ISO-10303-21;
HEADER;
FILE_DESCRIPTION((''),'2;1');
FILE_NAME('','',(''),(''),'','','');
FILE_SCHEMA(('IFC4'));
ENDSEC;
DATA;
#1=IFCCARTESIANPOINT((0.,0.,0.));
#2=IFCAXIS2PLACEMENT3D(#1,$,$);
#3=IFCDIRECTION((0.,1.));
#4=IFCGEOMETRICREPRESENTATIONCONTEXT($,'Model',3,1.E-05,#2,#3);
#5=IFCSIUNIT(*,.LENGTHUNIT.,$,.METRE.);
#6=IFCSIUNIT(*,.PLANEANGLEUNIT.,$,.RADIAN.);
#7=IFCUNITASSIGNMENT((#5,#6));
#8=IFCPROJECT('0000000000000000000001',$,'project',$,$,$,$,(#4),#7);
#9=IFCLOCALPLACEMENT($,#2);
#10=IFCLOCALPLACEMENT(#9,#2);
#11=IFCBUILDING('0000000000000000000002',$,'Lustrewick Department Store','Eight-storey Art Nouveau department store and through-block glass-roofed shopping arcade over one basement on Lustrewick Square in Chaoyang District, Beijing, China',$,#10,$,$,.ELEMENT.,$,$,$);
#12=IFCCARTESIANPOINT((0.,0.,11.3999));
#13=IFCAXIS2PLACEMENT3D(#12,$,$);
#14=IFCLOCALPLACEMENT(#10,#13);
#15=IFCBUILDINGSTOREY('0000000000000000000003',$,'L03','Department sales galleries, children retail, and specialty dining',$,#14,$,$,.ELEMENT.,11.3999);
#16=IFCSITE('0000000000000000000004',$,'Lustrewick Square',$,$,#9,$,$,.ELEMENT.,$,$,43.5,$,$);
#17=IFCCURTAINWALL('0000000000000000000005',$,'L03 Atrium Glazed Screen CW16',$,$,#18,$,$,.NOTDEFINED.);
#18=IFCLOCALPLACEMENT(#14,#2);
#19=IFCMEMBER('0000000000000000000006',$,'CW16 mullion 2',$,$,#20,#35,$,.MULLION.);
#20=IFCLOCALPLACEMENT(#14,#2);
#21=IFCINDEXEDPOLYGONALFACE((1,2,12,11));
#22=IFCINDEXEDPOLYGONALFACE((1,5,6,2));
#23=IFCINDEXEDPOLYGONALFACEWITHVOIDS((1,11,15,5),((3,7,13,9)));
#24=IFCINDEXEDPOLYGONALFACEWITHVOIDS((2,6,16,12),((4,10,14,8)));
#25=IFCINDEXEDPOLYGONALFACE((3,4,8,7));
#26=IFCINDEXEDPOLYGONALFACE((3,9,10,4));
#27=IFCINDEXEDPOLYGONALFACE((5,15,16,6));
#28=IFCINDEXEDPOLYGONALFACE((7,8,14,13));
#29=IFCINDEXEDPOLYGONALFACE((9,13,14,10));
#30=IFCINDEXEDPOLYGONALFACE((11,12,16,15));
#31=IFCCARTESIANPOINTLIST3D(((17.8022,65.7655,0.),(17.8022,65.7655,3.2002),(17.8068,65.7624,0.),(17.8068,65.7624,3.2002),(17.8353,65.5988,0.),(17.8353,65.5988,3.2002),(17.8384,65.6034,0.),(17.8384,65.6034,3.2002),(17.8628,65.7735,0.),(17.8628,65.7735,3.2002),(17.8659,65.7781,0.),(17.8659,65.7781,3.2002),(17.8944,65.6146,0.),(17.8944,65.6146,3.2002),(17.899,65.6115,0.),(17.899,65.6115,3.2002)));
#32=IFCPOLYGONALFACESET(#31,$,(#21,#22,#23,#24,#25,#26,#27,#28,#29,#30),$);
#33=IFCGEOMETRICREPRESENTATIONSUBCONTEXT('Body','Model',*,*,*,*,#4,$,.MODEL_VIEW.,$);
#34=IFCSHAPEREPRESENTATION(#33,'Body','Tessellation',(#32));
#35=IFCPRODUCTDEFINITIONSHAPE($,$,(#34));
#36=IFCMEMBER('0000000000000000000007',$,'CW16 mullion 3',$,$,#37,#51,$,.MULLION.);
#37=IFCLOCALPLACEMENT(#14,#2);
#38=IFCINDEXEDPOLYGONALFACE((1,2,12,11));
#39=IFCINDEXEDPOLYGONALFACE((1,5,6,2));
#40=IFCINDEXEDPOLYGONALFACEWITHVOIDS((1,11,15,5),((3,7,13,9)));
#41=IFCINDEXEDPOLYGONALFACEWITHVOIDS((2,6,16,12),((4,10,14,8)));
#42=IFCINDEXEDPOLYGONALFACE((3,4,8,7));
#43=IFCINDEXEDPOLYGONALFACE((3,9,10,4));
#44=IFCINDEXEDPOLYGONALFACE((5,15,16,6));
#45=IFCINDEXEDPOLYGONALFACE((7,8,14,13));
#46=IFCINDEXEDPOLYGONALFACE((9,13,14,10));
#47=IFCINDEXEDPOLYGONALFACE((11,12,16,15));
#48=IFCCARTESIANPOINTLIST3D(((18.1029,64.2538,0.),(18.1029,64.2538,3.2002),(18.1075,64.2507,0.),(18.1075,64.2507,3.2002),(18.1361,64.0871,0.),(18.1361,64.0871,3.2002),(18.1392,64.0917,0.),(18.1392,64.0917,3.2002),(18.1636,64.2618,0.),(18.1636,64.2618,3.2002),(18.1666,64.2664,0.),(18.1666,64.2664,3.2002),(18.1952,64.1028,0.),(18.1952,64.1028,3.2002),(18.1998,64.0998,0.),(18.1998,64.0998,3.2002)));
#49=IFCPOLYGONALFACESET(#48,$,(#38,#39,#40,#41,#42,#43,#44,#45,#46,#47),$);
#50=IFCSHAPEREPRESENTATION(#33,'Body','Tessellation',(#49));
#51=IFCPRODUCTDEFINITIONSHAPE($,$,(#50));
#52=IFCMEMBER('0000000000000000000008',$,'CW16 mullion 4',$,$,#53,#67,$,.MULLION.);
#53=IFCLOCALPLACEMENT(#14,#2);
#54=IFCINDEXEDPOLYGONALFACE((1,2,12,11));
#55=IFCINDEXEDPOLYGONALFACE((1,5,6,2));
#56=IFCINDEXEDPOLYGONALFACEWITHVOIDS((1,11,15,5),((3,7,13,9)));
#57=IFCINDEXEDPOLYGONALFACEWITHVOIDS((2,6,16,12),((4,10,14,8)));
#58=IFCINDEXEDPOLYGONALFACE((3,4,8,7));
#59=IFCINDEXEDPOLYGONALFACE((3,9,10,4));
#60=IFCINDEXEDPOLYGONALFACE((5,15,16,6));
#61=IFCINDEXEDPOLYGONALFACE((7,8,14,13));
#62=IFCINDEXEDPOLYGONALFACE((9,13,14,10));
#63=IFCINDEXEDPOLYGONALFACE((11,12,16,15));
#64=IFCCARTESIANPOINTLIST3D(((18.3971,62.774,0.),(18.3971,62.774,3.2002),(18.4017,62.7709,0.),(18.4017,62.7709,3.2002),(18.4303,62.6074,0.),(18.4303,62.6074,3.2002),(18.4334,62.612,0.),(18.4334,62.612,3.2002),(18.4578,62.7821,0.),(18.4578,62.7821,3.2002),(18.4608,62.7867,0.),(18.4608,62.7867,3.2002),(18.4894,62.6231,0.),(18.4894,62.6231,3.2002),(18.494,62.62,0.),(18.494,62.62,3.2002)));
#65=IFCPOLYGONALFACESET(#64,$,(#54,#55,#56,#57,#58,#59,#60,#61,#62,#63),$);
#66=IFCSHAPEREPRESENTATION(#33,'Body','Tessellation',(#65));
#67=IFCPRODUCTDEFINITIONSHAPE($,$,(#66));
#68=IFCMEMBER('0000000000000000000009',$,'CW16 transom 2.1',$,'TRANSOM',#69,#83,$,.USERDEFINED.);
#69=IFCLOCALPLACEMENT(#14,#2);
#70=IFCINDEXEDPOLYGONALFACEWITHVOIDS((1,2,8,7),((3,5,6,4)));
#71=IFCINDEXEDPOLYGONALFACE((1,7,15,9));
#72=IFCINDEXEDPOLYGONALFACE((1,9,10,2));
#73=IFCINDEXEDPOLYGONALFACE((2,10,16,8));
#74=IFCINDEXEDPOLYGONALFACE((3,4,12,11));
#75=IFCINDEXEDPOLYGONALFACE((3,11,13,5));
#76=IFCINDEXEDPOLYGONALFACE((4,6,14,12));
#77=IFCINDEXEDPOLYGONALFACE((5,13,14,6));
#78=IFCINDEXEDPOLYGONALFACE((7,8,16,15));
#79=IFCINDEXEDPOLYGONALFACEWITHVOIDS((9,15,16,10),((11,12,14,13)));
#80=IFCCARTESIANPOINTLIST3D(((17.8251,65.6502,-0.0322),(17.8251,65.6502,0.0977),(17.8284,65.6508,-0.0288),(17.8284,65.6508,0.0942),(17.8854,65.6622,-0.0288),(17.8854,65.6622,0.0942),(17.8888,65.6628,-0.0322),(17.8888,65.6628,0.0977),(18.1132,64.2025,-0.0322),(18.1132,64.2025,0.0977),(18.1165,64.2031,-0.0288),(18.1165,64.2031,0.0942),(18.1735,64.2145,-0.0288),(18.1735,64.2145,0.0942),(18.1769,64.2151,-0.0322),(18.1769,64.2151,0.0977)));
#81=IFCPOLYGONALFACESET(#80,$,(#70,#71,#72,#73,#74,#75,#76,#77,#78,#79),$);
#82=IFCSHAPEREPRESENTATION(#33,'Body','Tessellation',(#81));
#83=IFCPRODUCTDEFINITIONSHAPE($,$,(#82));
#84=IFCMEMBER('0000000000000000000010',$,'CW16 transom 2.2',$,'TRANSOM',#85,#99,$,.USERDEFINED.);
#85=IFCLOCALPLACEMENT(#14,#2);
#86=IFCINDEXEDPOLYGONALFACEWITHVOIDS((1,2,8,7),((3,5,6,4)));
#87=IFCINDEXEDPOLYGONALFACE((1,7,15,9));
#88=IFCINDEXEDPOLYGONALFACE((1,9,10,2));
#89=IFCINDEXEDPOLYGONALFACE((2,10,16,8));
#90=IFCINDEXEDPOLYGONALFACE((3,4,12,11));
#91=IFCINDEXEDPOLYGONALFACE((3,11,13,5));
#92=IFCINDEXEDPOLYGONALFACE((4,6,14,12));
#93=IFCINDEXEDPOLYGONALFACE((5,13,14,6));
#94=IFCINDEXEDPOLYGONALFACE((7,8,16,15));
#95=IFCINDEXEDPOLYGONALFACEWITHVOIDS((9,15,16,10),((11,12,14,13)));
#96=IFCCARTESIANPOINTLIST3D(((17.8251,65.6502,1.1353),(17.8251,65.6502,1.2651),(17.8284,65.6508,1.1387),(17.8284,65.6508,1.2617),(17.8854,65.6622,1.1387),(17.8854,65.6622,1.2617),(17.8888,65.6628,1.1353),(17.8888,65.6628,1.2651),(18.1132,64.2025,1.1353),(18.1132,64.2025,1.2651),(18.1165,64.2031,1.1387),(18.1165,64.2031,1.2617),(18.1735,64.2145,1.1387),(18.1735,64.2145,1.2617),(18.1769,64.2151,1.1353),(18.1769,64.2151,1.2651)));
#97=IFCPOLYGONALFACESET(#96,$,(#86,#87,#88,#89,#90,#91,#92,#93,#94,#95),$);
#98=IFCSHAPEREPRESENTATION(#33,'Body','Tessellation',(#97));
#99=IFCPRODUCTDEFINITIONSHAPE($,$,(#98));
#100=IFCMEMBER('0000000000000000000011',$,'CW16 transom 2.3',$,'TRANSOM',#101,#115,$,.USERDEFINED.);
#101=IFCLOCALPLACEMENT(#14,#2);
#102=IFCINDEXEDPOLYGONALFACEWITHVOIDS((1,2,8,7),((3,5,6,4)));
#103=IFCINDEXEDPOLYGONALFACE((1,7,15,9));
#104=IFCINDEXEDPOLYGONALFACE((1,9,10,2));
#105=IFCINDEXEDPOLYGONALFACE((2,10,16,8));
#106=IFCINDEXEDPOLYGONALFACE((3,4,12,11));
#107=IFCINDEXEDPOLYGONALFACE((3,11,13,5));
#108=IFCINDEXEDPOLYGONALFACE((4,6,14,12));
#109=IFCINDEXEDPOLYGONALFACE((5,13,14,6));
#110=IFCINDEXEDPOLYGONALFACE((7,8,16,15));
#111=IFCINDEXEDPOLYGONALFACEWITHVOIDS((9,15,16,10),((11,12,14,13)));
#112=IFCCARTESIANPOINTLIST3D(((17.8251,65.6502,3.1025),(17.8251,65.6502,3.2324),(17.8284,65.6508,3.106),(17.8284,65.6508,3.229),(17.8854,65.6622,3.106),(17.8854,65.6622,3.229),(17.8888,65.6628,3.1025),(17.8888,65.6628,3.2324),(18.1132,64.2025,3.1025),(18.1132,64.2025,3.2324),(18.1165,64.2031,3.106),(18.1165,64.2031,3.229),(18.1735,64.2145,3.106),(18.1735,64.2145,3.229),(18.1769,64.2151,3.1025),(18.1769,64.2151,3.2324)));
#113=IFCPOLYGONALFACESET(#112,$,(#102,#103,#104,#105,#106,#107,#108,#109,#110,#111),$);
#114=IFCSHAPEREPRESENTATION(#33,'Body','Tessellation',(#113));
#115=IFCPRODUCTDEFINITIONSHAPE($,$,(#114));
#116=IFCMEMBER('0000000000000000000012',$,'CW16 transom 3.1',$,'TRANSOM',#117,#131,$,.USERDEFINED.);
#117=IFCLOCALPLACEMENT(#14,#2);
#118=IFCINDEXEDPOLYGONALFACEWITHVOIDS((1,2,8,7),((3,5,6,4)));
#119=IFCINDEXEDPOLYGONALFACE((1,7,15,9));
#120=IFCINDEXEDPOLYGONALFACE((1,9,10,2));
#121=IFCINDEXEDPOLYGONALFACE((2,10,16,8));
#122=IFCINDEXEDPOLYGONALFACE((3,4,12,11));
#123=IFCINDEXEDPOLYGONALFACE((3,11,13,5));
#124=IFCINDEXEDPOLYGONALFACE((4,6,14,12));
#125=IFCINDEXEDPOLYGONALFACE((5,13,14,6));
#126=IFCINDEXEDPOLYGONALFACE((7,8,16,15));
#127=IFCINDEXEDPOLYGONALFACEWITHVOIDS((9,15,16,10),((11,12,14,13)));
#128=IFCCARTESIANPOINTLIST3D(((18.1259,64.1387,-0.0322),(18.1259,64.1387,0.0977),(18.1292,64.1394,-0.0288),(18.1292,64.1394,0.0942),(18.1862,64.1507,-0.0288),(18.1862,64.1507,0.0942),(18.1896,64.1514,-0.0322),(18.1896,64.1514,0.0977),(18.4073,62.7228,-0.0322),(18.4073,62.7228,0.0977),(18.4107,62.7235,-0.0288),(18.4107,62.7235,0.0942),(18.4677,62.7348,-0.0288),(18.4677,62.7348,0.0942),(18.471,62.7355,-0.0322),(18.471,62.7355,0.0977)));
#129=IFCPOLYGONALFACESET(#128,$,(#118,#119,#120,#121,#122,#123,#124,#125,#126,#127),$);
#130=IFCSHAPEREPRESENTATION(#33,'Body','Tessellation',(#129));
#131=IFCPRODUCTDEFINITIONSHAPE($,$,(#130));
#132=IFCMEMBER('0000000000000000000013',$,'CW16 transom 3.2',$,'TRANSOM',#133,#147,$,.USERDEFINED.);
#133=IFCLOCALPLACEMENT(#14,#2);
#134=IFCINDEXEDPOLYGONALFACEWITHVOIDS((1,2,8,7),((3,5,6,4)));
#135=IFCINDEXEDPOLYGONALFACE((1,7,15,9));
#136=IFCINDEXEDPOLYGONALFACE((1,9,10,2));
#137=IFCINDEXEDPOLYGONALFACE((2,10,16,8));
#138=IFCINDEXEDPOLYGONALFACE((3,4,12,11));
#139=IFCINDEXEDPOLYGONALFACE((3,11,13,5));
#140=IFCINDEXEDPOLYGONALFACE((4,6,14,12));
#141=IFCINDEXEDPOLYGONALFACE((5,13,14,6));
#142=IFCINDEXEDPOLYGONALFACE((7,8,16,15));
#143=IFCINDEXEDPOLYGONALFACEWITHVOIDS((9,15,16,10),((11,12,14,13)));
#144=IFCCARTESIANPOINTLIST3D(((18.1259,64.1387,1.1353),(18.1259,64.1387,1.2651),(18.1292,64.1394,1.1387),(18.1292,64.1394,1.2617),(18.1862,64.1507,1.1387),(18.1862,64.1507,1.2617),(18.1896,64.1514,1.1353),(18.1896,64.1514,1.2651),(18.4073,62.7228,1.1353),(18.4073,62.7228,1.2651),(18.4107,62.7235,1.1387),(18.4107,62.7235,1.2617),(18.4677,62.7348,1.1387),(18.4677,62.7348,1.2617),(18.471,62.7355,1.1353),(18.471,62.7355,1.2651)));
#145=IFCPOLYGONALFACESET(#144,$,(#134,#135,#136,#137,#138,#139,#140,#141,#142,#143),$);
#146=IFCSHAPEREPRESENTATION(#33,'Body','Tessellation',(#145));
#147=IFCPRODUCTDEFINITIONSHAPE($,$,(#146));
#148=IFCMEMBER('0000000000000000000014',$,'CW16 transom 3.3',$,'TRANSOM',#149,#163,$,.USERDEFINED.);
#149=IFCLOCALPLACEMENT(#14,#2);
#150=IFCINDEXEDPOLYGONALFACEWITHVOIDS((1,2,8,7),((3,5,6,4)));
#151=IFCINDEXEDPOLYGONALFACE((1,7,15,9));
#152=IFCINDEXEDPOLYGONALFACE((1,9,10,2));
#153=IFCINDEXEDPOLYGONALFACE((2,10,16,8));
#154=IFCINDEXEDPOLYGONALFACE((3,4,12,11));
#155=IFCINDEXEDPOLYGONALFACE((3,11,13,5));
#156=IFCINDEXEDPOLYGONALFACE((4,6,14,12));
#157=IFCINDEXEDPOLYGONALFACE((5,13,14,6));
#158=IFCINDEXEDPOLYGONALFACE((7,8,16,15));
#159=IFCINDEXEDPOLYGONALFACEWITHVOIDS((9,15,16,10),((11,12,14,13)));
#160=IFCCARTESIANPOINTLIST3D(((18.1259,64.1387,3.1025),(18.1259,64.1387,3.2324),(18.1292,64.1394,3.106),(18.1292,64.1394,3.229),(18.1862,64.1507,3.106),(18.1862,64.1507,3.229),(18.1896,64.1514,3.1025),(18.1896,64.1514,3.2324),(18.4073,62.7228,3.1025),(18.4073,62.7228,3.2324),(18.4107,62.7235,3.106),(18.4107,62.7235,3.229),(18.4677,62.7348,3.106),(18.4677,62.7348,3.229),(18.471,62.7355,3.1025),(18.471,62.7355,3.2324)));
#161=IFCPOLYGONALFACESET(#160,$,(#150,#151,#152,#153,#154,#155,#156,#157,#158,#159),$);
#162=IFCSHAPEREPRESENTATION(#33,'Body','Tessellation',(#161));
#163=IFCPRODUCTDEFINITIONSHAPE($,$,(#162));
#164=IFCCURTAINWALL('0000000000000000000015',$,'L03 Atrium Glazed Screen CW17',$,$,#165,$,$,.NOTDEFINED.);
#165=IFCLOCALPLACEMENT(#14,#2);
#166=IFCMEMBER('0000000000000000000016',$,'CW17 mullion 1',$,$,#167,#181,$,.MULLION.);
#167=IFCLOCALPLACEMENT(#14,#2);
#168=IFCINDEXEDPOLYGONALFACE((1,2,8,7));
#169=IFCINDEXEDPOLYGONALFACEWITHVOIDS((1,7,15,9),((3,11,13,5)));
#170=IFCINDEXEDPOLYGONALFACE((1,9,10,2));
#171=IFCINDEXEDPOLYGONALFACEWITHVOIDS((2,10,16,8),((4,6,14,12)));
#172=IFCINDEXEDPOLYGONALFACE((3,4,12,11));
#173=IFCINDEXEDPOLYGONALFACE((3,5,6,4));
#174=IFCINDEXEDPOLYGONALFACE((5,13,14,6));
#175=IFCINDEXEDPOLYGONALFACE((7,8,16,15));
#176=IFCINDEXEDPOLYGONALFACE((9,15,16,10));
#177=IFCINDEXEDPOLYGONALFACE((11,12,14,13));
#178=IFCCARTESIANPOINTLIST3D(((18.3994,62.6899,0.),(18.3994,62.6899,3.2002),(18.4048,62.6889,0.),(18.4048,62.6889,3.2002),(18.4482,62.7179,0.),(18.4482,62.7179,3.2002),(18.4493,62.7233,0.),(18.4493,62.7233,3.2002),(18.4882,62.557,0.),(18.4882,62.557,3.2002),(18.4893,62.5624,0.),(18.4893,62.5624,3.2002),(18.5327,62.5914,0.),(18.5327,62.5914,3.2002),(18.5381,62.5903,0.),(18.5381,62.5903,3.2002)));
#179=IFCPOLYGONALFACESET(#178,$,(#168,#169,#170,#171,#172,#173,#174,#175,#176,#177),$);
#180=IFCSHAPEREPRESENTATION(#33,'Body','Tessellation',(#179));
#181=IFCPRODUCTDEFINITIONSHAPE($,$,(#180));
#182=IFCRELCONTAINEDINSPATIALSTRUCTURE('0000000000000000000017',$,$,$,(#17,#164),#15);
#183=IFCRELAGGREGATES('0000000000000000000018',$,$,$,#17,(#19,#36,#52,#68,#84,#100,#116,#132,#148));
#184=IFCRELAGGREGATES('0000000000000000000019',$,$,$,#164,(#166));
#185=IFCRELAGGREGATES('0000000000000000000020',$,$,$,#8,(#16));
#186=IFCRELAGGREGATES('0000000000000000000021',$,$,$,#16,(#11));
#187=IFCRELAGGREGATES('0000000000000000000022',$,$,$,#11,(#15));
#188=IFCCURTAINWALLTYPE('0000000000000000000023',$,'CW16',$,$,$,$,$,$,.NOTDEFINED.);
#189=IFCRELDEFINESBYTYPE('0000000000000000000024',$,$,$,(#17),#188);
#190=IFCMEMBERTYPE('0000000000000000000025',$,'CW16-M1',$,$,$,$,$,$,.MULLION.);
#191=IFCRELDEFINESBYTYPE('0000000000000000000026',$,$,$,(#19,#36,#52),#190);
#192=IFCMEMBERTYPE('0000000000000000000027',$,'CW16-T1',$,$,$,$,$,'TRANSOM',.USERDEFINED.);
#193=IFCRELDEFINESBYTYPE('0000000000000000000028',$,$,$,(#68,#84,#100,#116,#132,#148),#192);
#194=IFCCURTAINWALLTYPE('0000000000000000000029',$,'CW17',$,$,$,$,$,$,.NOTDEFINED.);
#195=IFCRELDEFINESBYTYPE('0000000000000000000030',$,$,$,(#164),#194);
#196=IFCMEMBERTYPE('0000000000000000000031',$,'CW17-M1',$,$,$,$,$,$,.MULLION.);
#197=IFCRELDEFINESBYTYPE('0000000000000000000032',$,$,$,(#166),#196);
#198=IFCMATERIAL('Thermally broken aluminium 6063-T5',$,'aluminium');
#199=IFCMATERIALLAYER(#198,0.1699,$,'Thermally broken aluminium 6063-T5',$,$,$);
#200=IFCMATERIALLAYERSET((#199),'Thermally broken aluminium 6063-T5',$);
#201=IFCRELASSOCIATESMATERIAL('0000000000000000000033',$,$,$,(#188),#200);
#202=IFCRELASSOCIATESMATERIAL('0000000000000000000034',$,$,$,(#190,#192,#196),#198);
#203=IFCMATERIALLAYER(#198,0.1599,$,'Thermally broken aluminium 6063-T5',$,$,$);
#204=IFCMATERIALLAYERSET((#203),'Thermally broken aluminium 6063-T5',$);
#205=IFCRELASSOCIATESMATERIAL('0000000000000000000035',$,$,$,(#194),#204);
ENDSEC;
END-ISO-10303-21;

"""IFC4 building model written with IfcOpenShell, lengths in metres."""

from ifc_helpers import new_model, si_unit, direction, frame, origin, origin_2d, place, context, subcontext, project, spatial, hollow_rectangle, extrude, material, layer, layer_set, material_profile, profile_set, type_object, element, aggregate, save


model = new_model("IFC4")

# Units and contexts
model_context = context("Model", 3, precision=1e-05, world=origin(), true_north=direction((0.0, 1.0)))
body_context = subcontext(model_context, "Body", "Model", "MODEL_VIEW")
ifc_project = project(units=[si_unit("LENGTHUNIT", "METRE"), si_unit("PLANEANGLEUNIT", "RADIAN")], contexts=[model_context])

# Site, building, storey
site_placement = place(None, origin())
site = spatial("IfcSite", under=ifc_project, at=site_placement, Name="Lustrewick Square", CompositionType="ELEMENT", RefElevation=43.5)
building_placement = place(site_placement, origin())
building = spatial("IfcBuilding", under=site, at=building_placement, Name="Lustrewick Department Store", Description="Eight-storey Art Nouveau department store and through-block glass-roofed shopping arcade over one basement on Lustrewick Square in Chaoyang District, Beijing, China", CompositionType="ELEMENT")
storey_placement = place(building_placement, frame((0.0, 0.0, 11.3999)))
storey = spatial("IfcBuildingStorey", under=building, at=storey_placement, Name="L03", Description="Department sales galleries, children retail, and specialty dining", CompositionType="ELEMENT", Elevation=11.3999)

# Curtain walls, members
ifc_material_1 = material(Name="Thermally broken aluminium 6063-T5", Category="aluminium")
ifc_layer_1 = layer(ifc_material_1, 0.1699, Name="Thermally broken aluminium 6063-T5")
ifc_layer_set_1 = layer_set([ifc_layer_1], Name="Thermally broken aluminium 6063-T5")
curtain_wall_type_1 = type_object("IfcCurtainWallType", Name="CW16", PredefinedType="NOTDEFINED", material=ifc_layer_set_1)
curtain_wall_1_placement = place(storey_placement, origin())
curtain_wall_1 = element("IfcCurtainWall", 1, at=curtain_wall_1_placement, inside=storey, type_object=curtain_wall_type_1, Name="L03 Atrium Glazed Screen CW16", PredefinedType="NOTDEFINED")
ifc_material_profile_1 = material_profile(ifc_material_1, hollow_rectangle(XDim=0.0649, YDim=0.1699, WallThickness=0.0039, at=origin_2d()), Name="ALU-M 65x170x4")
ifc_profile_set_1 = profile_set([ifc_material_profile_1], Name="Thermally broken aluminium 6063-T5")
member_type_1 = type_object("IfcMemberType", Name="CW16-M1", PredefinedType="MULLION", material=ifc_profile_set_1)
member_1_placement = place(storey_placement, frame((17.8506, 65.6885, 0.0), z_axis=(0.0, 0.0, 1.0), x_axis=(0.980786, 0.195085, 0.0)))
member_1 = element("IfcMember", 2, at=member_1_placement, type_object=member_type_1, Name="CW16 mullion 2", PredefinedType="MULLION", context=body_context, shape_type="SweptSolid", body=[
    extrude(hollow_rectangle(XDim=0.0649, YDim=0.1699, WallThickness=0.0039, at=origin_2d()), origin(), (0.0, 0.0, 1.0), 3.2002),
])
member_2_placement = place(storey_placement, frame((18.1514, 64.1768, 0.0), z_axis=(0.0, 0.0, 1.0), x_axis=(0.980786, 0.195085, 0.0)))
member_2 = element("IfcMember", 3, at=member_2_placement, type_object=member_type_1, Name="CW16 mullion 3", PredefinedType="MULLION", context=body_context, shape_type="SweptSolid", body=[
    extrude(hollow_rectangle(XDim=0.0649, YDim=0.1699, WallThickness=0.0039, at=origin_2d()), origin(), (0.0, 0.0, 1.0), 3.2002),
])
member_3_placement = place(storey_placement, frame((18.4456, 62.697, 0.0), z_axis=(0.0, 0.0, 1.0), x_axis=(0.980786, 0.195085, 0.0)))
member_3 = element("IfcMember", 4, at=member_3_placement, type_object=member_type_1, Name="CW16 mullion 4", PredefinedType="MULLION", context=body_context, shape_type="SweptSolid", body=[
    extrude(hollow_rectangle(XDim=0.0649, YDim=0.1699, WallThickness=0.0039, at=origin_2d()), origin(), (0.0, 0.0, 1.0), 3.2002),
])
ifc_material_profile_2 = material_profile(ifc_material_1, hollow_rectangle(XDim=0.0649, YDim=0.1299, WallThickness=0.0034, at=origin_2d()), Name="ALU-T 65x130x3.5")
ifc_profile_set_2 = profile_set([ifc_material_profile_2], Name="Thermally broken aluminium 6063-T5")
member_type_2 = type_object("IfcMemberType", Name="CW16-T1", ElementType="TRANSOM", PredefinedType="USERDEFINED", material=ifc_profile_set_2)
member_4_placement = place(storey_placement, frame((17.8569, 65.6565, 0.0327), z_axis=(0.195162, -0.980771, 0.0), x_axis=(0.980771, 0.195162, 0.0)))
member_4 = element("IfcMember", 5, at=member_4_placement, type_object=member_type_2, Name="CW16 transom 2.1", ObjectType="TRANSOM", PredefinedType="USERDEFINED", context=body_context, shape_type="SweptSolid", body=[
    extrude(hollow_rectangle(XDim=0.0649, YDim=0.1299, WallThickness=0.0034, at=origin_2d()), origin(), (0.0, 0.0, 1.0), 1.4761),
])
member_5_placement = place(storey_placement, frame((17.8569, 65.6565, 1.2002), z_axis=(0.195162, -0.980771, 0.0), x_axis=(0.980771, 0.195162, 0.0)))
member_5 = element("IfcMember", 6, at=member_5_placement, type_object=member_type_2, Name="CW16 transom 2.2", ObjectType="TRANSOM", PredefinedType="USERDEFINED", context=body_context, shape_type="SweptSolid", body=[
    extrude(hollow_rectangle(XDim=0.0649, YDim=0.1299, WallThickness=0.0034, at=origin_2d()), origin(), (0.0, 0.0, 1.0), 1.4761),
])
member_6_placement = place(storey_placement, frame((17.8569, 65.6565, 3.1675), z_axis=(0.195162, -0.980771, 0.0), x_axis=(0.980771, 0.195162, 0.0)))
member_6 = element("IfcMember", 7, at=member_6_placement, type_object=member_type_2, Name="CW16 transom 2.3", ObjectType="TRANSOM", PredefinedType="USERDEFINED", context=body_context, shape_type="SweptSolid", body=[
    extrude(hollow_rectangle(XDim=0.0649, YDim=0.1299, WallThickness=0.0034, at=origin_2d()), origin(), (0.0, 0.0, 1.0), 1.4761),
])
member_7_placement = place(storey_placement, frame((18.1577, 64.145, 0.0327), z_axis=(0.194978, -0.980808, 0.0), x_axis=(0.980808, 0.194978, 0.0)))
member_7 = element("IfcMember", 8, at=member_7_placement, type_object=member_type_2, Name="CW16 transom 3.1", ObjectType="TRANSOM", PredefinedType="USERDEFINED", context=body_context, shape_type="SweptSolid", body=[
    extrude(hollow_rectangle(XDim=0.0649, YDim=0.1299, WallThickness=0.0034, at=origin_2d()), origin(), (0.0, 0.0, 1.0), 1.4436),
])
member_8_placement = place(storey_placement, frame((18.1577, 64.145, 1.2002), z_axis=(0.194978, -0.980808, 0.0), x_axis=(0.980808, 0.194978, 0.0)))
member_8 = element("IfcMember", 9, at=member_8_placement, type_object=member_type_2, Name="CW16 transom 3.2", ObjectType="TRANSOM", PredefinedType="USERDEFINED", context=body_context, shape_type="SweptSolid", body=[
    extrude(hollow_rectangle(XDim=0.0649, YDim=0.1299, WallThickness=0.0034, at=origin_2d()), origin(), (0.0, 0.0, 1.0), 1.4436),
])
member_9_placement = place(storey_placement, frame((18.1577, 64.145, 3.1675), z_axis=(0.194978, -0.980808, 0.0), x_axis=(0.980808, 0.194978, 0.0)))
member_9 = element("IfcMember", 10, at=member_9_placement, type_object=member_type_2, Name="CW16 transom 3.3", ObjectType="TRANSOM", PredefinedType="USERDEFINED", context=body_context, shape_type="SweptSolid", body=[
    extrude(hollow_rectangle(XDim=0.0649, YDim=0.1299, WallThickness=0.0034, at=origin_2d()), origin(), (0.0, 0.0, 1.0), 1.4436),
])
ifc_layer_2 = layer(ifc_material_1, 0.1599, Name="Thermally broken aluminium 6063-T5")
ifc_layer_set_2 = layer_set([ifc_layer_2], Name="Thermally broken aluminium 6063-T5")
curtain_wall_type_2 = type_object("IfcCurtainWallType", Name="CW17", PredefinedType="NOTDEFINED", material=ifc_layer_set_2)
curtain_wall_2_placement = place(storey_placement, origin())
curtain_wall_2 = element("IfcCurtainWall", 11, at=curtain_wall_2_placement, inside=storey, type_object=curtain_wall_type_2, Name="L03 Atrium Glazed Screen CW17", PredefinedType="NOTDEFINED")
ifc_material_profile_3 = material_profile(ifc_material_1, hollow_rectangle(XDim=0.0601, YDim=0.1599, WallThickness=0.0039, at=origin_2d()), Name="ALU-M 60x160x4")
ifc_profile_set_3 = profile_set([ifc_material_profile_3], Name="Thermally broken aluminium 6063-T5")
member_type_3 = type_object("IfcMemberType", Name="CW17-M1", PredefinedType="MULLION", material=ifc_profile_set_3)
member_10_placement = place(storey_placement, frame((18.4688, 62.6401, 0.0), z_axis=(0.0, 0.0, 1.0), x_axis=(0.831464, 0.555578, 0.0)))
member_10 = element("IfcMember", 12, at=member_10_placement, type_object=member_type_3, Name="CW17 mullion 1", PredefinedType="MULLION", context=body_context, shape_type="SweptSolid", body=[
    extrude(hollow_rectangle(XDim=0.0601, YDim=0.1599, WallThickness=0.0039, at=origin_2d()), origin(), (0.0, 0.0, 1.0), 3.2002),
])

aggregate(curtain_wall_1, [member_1, member_2, member_3, member_4, member_5, member_6, member_7, member_8, member_9])
aggregate(curtain_wall_2, [member_10])

save(model, "model.ifc")
